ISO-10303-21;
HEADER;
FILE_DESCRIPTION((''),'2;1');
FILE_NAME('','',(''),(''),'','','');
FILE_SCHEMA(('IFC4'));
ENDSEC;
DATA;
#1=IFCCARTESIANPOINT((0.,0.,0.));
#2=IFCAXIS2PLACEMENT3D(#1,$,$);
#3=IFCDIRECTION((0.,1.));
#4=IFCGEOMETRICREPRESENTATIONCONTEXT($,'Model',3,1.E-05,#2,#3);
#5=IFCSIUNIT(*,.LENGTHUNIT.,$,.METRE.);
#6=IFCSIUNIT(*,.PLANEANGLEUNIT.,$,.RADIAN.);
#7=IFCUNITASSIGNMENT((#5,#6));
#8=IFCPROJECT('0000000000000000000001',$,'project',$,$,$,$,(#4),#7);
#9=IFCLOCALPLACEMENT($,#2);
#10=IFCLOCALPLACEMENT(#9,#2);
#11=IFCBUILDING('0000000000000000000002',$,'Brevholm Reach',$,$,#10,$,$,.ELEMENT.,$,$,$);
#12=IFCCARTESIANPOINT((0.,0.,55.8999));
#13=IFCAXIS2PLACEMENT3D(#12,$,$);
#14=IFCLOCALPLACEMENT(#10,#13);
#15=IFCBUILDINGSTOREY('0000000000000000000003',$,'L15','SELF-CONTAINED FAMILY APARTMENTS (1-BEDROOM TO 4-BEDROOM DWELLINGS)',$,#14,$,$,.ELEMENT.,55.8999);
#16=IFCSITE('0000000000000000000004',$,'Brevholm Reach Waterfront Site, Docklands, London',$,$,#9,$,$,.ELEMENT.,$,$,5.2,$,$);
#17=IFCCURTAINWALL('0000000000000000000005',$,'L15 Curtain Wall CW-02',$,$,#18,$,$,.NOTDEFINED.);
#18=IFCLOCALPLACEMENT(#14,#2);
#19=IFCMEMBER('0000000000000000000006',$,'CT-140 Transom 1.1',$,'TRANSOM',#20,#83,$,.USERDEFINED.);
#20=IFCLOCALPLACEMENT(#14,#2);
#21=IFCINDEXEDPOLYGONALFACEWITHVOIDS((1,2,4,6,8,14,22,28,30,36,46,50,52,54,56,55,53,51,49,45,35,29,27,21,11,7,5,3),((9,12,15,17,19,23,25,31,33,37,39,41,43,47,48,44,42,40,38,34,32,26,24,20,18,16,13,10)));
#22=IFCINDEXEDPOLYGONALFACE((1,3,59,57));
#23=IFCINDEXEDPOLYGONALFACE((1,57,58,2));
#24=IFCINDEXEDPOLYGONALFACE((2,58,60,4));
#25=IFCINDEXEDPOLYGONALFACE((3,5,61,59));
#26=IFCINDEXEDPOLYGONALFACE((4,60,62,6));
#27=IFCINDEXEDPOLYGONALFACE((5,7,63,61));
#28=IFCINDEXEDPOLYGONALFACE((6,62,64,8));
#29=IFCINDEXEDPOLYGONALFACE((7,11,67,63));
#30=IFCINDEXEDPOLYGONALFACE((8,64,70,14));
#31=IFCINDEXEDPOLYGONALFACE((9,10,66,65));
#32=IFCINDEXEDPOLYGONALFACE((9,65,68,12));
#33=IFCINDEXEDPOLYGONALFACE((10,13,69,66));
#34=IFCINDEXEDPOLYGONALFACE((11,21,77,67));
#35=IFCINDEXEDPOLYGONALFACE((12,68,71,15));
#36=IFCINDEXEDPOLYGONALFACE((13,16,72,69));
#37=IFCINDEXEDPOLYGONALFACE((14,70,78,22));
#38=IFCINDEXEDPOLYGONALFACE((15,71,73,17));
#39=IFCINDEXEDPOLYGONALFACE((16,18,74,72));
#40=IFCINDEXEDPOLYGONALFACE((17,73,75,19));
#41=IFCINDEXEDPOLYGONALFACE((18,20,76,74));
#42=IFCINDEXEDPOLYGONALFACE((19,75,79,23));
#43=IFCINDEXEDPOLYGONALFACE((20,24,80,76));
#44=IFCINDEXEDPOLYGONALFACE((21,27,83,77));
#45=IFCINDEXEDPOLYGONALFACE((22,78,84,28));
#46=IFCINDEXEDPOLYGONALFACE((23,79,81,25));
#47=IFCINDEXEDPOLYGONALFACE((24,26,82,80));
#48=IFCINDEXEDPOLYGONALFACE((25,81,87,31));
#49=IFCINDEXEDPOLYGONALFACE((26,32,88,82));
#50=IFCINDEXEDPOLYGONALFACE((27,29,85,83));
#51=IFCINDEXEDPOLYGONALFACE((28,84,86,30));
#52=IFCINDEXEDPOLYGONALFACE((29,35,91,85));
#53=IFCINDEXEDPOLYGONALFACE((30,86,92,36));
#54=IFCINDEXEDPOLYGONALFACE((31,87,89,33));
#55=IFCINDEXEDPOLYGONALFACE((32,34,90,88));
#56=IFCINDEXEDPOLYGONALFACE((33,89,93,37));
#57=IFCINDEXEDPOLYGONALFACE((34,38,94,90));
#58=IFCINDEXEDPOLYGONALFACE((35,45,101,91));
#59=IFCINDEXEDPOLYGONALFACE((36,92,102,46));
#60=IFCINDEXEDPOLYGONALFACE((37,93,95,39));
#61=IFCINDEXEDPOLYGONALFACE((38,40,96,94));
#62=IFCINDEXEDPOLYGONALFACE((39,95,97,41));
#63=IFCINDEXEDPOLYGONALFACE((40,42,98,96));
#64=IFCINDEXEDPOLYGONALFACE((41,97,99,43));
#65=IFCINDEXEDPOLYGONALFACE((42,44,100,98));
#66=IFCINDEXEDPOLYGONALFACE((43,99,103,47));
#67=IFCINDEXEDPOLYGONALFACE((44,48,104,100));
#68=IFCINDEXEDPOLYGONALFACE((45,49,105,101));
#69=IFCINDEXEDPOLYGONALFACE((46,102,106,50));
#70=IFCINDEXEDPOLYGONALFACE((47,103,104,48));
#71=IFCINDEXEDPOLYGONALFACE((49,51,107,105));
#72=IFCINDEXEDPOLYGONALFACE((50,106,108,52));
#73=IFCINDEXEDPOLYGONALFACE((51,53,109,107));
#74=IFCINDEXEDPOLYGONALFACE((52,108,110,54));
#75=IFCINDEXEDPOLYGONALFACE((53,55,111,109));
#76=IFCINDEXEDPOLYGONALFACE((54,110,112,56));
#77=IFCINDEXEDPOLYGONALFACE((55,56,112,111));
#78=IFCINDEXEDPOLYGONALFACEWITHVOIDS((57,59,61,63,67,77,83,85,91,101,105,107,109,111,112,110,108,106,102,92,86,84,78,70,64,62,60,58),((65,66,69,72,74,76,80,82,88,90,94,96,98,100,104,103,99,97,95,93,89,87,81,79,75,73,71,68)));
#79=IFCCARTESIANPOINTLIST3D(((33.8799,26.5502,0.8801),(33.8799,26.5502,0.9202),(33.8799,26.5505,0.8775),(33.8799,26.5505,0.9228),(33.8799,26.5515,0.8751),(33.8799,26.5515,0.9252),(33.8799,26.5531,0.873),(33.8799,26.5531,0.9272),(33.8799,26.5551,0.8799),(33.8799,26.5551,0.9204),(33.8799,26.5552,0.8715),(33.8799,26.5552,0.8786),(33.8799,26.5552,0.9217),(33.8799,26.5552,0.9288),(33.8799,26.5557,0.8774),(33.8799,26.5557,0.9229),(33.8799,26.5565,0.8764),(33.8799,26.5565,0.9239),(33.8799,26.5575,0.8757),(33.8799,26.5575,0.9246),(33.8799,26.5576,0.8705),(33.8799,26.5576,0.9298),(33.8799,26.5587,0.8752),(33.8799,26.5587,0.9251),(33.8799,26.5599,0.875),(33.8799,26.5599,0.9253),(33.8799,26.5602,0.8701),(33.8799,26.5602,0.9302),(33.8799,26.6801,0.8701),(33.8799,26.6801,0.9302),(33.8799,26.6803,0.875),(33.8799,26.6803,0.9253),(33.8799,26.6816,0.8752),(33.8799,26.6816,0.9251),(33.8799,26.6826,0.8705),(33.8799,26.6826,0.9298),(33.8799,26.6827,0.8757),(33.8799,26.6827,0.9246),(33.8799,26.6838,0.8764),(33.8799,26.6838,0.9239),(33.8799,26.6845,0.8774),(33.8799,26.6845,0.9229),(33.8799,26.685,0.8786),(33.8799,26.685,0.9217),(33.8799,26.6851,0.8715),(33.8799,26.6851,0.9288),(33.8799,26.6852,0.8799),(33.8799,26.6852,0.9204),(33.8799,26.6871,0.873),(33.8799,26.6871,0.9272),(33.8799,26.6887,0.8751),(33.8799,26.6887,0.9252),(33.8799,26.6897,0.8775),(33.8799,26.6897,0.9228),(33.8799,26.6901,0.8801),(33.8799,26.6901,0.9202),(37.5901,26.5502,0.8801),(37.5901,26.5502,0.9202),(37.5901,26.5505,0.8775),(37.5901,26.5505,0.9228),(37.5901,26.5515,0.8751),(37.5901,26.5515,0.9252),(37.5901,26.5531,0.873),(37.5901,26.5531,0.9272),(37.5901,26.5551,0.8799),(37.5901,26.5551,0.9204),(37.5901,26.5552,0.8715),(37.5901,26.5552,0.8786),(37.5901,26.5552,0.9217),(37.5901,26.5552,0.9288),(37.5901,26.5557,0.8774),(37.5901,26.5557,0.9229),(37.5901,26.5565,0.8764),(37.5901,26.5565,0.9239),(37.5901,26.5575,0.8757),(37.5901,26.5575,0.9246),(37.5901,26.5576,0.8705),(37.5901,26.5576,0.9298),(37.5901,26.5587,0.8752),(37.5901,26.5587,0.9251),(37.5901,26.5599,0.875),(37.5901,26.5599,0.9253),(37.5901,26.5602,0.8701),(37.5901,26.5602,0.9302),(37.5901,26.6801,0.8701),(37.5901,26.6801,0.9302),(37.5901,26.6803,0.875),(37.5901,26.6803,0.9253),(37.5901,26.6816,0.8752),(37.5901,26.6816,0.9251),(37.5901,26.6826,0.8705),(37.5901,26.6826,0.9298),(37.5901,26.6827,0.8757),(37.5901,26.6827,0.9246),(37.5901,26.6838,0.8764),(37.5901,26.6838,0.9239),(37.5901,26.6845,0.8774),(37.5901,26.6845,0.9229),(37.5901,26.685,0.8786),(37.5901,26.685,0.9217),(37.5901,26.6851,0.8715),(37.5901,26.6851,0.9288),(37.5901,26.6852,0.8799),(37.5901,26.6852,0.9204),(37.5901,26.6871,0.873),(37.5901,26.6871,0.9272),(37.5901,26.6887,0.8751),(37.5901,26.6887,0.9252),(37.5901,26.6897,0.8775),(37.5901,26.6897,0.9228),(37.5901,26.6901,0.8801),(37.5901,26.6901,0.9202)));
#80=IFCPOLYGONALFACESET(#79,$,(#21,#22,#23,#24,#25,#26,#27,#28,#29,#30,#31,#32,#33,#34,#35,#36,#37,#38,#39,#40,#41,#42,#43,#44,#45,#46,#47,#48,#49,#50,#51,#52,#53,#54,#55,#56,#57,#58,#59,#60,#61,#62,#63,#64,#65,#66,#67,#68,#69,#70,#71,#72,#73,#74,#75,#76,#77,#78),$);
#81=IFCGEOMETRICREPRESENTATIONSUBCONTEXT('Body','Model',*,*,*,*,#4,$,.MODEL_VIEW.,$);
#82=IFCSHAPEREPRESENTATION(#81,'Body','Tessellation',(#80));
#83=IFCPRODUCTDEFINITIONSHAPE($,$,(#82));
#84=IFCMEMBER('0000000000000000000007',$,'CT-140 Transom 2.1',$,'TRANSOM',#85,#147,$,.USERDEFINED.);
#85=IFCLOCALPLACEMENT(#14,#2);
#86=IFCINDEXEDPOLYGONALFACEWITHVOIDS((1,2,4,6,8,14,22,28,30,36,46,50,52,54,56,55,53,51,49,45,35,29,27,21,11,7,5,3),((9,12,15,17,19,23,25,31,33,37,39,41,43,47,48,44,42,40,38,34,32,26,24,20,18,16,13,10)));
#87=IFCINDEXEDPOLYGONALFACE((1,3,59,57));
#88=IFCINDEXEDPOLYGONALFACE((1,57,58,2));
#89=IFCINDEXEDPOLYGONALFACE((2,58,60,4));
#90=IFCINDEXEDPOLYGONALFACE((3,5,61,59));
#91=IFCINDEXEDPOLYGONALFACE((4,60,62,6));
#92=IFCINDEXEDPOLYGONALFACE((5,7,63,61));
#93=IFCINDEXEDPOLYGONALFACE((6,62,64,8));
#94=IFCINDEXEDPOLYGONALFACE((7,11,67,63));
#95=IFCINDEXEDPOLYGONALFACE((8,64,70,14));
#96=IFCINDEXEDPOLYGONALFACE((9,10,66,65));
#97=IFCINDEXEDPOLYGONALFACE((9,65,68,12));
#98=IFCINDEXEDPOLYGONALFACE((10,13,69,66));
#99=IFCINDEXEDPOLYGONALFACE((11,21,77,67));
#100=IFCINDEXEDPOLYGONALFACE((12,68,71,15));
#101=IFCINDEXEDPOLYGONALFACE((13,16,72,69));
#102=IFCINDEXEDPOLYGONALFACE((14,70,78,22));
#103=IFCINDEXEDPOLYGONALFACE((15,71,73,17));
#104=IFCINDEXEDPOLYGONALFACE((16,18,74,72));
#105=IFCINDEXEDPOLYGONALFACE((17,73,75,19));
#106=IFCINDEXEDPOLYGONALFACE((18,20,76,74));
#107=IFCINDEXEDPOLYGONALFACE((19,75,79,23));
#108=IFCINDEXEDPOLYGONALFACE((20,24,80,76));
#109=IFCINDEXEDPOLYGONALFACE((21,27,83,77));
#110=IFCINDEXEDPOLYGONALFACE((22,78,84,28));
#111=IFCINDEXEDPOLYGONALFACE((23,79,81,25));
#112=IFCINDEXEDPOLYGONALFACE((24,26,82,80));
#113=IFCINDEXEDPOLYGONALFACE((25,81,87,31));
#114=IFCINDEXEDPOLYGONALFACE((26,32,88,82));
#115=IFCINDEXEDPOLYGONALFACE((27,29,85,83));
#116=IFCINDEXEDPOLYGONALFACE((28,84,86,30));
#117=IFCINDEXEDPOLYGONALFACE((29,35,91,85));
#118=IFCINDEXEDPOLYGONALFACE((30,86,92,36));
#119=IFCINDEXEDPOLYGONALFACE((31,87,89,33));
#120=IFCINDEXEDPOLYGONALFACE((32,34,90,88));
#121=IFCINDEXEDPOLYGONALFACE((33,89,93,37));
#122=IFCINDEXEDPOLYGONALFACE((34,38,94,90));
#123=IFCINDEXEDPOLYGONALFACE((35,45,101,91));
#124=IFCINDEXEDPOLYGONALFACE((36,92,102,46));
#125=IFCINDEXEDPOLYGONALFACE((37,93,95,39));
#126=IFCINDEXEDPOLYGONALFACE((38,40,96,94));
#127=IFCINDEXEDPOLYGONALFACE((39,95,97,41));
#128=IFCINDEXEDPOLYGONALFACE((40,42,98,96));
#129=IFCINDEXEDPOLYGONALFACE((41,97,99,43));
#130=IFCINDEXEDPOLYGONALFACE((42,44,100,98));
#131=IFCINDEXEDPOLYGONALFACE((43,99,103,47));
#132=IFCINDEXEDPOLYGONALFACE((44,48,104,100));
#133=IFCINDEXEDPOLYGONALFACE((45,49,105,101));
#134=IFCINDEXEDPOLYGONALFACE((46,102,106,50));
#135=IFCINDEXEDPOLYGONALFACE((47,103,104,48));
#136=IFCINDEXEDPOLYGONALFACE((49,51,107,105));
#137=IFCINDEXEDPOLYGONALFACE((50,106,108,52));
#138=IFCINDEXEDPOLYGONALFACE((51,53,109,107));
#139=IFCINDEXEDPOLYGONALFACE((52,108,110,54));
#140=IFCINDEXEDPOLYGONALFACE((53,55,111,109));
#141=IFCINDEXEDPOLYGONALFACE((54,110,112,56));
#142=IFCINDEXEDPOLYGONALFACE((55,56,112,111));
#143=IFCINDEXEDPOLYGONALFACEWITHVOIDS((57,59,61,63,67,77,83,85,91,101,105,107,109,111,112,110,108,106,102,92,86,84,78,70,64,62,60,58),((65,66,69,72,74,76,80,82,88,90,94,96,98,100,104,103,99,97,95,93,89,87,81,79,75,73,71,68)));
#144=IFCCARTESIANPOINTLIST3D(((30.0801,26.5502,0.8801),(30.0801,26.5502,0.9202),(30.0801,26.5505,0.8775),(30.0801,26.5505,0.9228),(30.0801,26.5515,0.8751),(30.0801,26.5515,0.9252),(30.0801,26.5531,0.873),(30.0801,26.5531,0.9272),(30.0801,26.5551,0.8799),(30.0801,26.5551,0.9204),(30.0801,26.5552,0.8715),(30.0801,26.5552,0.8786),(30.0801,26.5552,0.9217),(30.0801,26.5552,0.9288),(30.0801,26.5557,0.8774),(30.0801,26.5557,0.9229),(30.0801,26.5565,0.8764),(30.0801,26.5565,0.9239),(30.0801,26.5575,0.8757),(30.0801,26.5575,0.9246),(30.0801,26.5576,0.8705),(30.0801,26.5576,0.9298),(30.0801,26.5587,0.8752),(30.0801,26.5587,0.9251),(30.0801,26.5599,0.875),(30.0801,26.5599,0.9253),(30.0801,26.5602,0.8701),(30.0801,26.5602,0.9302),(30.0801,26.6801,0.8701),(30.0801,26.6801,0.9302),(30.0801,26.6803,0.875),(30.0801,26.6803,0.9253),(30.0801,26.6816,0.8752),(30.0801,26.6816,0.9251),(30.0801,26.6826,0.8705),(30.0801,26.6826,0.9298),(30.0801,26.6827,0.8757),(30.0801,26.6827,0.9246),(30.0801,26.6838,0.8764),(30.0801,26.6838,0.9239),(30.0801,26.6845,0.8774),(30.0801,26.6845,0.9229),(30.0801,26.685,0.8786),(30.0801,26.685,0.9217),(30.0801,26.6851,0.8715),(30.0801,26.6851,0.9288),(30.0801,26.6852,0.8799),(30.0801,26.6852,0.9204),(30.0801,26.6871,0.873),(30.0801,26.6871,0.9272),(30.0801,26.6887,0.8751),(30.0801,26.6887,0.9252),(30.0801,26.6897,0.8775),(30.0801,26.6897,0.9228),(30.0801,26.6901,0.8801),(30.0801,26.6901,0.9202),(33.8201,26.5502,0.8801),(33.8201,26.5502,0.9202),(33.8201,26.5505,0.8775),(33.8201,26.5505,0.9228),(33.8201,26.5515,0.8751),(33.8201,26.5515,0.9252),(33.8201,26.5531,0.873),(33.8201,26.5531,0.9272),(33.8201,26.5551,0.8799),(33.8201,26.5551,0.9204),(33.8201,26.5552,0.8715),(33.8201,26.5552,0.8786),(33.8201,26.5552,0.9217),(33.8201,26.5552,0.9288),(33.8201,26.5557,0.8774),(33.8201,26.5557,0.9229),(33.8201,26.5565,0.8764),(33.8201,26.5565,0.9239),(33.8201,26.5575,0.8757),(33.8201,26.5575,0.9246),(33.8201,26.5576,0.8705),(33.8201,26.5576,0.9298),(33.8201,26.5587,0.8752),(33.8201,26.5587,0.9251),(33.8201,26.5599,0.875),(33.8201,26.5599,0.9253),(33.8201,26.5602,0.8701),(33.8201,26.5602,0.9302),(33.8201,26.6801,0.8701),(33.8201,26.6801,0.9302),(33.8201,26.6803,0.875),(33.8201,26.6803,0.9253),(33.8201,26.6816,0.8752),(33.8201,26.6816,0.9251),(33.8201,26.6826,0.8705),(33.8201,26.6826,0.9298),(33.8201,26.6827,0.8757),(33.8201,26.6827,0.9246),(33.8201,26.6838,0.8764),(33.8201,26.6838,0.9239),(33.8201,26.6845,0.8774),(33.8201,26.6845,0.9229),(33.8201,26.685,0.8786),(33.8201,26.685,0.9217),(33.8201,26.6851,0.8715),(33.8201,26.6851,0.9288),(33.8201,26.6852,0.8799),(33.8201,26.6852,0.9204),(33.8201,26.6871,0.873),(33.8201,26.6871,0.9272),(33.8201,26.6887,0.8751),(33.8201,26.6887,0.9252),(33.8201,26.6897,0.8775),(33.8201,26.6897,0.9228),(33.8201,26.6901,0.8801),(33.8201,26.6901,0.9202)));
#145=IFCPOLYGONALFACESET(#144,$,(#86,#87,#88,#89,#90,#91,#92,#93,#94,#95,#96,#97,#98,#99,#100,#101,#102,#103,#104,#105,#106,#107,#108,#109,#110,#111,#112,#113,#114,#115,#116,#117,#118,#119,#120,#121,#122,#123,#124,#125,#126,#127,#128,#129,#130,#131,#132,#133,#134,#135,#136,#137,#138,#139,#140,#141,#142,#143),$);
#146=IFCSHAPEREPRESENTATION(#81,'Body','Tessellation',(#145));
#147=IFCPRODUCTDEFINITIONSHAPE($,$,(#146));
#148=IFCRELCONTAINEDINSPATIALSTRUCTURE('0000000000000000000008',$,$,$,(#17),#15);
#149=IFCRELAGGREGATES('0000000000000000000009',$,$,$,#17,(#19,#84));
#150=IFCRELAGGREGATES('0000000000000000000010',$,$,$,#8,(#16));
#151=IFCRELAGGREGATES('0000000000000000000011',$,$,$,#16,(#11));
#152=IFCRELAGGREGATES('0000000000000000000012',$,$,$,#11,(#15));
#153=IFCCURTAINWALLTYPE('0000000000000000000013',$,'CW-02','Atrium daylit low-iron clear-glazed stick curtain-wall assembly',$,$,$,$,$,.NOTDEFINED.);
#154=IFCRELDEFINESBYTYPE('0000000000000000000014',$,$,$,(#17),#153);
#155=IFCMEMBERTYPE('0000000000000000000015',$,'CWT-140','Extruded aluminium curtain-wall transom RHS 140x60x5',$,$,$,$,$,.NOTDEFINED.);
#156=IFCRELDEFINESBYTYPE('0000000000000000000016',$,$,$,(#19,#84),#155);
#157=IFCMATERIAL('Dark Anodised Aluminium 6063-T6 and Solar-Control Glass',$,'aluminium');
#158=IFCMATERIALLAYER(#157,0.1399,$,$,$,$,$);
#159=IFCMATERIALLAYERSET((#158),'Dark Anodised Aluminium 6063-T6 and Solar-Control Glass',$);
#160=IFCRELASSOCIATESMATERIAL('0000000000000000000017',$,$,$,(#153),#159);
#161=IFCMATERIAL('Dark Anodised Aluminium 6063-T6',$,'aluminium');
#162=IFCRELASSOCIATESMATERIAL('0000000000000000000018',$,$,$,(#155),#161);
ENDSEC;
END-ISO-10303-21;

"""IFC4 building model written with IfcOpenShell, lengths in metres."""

from ifc_helpers import new_model, si_unit, direction, frame, origin, origin_2d, place, context, subcontext, project, spatial, hollow_rectangle, extrude, material, layer, layer_set, material_profile, profile_set, type_object, element, aggregate, save


model = new_model("IFC4")

# Units and contexts
model_context = context("Model", 3, precision=1e-05, world=origin(), true_north=direction((0.0, 1.0)))
body_context = subcontext(model_context, "Body", "Model", "MODEL_VIEW")
ifc_project = project(units=[si_unit("LENGTHUNIT", "METRE"), si_unit("PLANEANGLEUNIT", "RADIAN")], contexts=[model_context])

# Site, building, storey
site_placement = place(None, origin())
site = spatial("IfcSite", under=ifc_project, at=site_placement, Name="Brevholm Reach Waterfront Site, Docklands, London", CompositionType="ELEMENT", RefElevation=5.2)
building_placement = place(site_placement, origin())
building = spatial("IfcBuilding", under=site, at=building_placement, Name="Brevholm Reach", CompositionType="ELEMENT")
storey_placement = place(building_placement, frame((0.0, 0.0, 55.8999)))
storey = spatial("IfcBuildingStorey", under=building, at=storey_placement, Name="L15", Description="SELF-CONTAINED FAMILY APARTMENTS (1-BEDROOM TO 4-BEDROOM DWELLINGS)", CompositionType="ELEMENT", Elevation=55.8999)

# Curtain wall
ifc_material_1 = material(Name="Dark Anodised Aluminium 6063-T6 and Solar-Control Glass", Category="aluminium")
ifc_layer_1 = layer(ifc_material_1, 0.1399)
ifc_layer_set_1 = layer_set([ifc_layer_1], Name="Dark Anodised Aluminium 6063-T6 and Solar-Control Glass")
curtain_wall_type_1 = type_object("IfcCurtainWallType", Name="CW-02", Description="Atrium daylit low-iron clear-glazed stick curtain-wall assembly", PredefinedType="NOTDEFINED", material=ifc_layer_set_1)
curtain_wall_1_placement = place(storey_placement, origin())
curtain_wall_1 = element("IfcCurtainWall", 1, at=curtain_wall_1_placement, inside=storey, type_object=curtain_wall_type_1, Name="L15 Curtain Wall CW-02", PredefinedType="NOTDEFINED")

# Members
ifc_material_2 = material(Name="Dark Anodised Aluminium 6063-T6", Category="aluminium")
ifc_material_profile_1 = material_profile(ifc_material_2, hollow_rectangle(XDim=0.0601, YDim=0.1399, WallThickness=0.0049, InnerFilletRadius=0.0049, OuterFilletRadius=0.01, at=origin_2d()), Name="RHS 140x60x5")
ifc_profile_set_1 = profile_set([ifc_material_profile_1], Name="Dark Anodised Aluminium 6063-T6")
member_type_1 = type_object("IfcMemberType", Name="CWT-140", Description="Extruded aluminium curtain-wall transom RHS 140x60x5", PredefinedType="NOTDEFINED", material=ifc_profile_set_1)
member_1_placement = place(storey_placement, frame((37.5901, 26.6201, 0.9001), z_axis=(-1.0, 0.0, 0.0), x_axis=(0.0, 0.0, 1.0)))
member_1 = element("IfcMember", 2, at=member_1_placement, type_object=member_type_1, Name="CT-140 Transom 1.1", ObjectType="TRANSOM", PredefinedType="USERDEFINED", context=body_context, shape_type="SweptSolid", body=[
    extrude(hollow_rectangle(XDim=0.0601, YDim=0.1399, WallThickness=0.0049, InnerFilletRadius=0.0049, OuterFilletRadius=0.01, at=origin_2d()), origin(), (0.0, 0.0, 1.0), 3.7102),
])
member_2_placement = place(storey_placement, frame((33.8201, 26.6201, 0.9001), z_axis=(-1.0, 0.0, 0.0), x_axis=(0.0, 0.0, 1.0)))
member_2 = element("IfcMember", 3, at=member_2_placement, type_object=member_type_1, Name="CT-140 Transom 2.1", ObjectType="TRANSOM", PredefinedType="USERDEFINED", context=body_context, shape_type="SweptSolid", body=[
    extrude(hollow_rectangle(XDim=0.0601, YDim=0.1399, WallThickness=0.0049, InnerFilletRadius=0.0049, OuterFilletRadius=0.01, at=origin_2d()), origin(), (0.0, 0.0, 1.0), 3.74),
])

aggregate(curtain_wall_1, [member_1, member_2])

save(model, "model.ifc")
